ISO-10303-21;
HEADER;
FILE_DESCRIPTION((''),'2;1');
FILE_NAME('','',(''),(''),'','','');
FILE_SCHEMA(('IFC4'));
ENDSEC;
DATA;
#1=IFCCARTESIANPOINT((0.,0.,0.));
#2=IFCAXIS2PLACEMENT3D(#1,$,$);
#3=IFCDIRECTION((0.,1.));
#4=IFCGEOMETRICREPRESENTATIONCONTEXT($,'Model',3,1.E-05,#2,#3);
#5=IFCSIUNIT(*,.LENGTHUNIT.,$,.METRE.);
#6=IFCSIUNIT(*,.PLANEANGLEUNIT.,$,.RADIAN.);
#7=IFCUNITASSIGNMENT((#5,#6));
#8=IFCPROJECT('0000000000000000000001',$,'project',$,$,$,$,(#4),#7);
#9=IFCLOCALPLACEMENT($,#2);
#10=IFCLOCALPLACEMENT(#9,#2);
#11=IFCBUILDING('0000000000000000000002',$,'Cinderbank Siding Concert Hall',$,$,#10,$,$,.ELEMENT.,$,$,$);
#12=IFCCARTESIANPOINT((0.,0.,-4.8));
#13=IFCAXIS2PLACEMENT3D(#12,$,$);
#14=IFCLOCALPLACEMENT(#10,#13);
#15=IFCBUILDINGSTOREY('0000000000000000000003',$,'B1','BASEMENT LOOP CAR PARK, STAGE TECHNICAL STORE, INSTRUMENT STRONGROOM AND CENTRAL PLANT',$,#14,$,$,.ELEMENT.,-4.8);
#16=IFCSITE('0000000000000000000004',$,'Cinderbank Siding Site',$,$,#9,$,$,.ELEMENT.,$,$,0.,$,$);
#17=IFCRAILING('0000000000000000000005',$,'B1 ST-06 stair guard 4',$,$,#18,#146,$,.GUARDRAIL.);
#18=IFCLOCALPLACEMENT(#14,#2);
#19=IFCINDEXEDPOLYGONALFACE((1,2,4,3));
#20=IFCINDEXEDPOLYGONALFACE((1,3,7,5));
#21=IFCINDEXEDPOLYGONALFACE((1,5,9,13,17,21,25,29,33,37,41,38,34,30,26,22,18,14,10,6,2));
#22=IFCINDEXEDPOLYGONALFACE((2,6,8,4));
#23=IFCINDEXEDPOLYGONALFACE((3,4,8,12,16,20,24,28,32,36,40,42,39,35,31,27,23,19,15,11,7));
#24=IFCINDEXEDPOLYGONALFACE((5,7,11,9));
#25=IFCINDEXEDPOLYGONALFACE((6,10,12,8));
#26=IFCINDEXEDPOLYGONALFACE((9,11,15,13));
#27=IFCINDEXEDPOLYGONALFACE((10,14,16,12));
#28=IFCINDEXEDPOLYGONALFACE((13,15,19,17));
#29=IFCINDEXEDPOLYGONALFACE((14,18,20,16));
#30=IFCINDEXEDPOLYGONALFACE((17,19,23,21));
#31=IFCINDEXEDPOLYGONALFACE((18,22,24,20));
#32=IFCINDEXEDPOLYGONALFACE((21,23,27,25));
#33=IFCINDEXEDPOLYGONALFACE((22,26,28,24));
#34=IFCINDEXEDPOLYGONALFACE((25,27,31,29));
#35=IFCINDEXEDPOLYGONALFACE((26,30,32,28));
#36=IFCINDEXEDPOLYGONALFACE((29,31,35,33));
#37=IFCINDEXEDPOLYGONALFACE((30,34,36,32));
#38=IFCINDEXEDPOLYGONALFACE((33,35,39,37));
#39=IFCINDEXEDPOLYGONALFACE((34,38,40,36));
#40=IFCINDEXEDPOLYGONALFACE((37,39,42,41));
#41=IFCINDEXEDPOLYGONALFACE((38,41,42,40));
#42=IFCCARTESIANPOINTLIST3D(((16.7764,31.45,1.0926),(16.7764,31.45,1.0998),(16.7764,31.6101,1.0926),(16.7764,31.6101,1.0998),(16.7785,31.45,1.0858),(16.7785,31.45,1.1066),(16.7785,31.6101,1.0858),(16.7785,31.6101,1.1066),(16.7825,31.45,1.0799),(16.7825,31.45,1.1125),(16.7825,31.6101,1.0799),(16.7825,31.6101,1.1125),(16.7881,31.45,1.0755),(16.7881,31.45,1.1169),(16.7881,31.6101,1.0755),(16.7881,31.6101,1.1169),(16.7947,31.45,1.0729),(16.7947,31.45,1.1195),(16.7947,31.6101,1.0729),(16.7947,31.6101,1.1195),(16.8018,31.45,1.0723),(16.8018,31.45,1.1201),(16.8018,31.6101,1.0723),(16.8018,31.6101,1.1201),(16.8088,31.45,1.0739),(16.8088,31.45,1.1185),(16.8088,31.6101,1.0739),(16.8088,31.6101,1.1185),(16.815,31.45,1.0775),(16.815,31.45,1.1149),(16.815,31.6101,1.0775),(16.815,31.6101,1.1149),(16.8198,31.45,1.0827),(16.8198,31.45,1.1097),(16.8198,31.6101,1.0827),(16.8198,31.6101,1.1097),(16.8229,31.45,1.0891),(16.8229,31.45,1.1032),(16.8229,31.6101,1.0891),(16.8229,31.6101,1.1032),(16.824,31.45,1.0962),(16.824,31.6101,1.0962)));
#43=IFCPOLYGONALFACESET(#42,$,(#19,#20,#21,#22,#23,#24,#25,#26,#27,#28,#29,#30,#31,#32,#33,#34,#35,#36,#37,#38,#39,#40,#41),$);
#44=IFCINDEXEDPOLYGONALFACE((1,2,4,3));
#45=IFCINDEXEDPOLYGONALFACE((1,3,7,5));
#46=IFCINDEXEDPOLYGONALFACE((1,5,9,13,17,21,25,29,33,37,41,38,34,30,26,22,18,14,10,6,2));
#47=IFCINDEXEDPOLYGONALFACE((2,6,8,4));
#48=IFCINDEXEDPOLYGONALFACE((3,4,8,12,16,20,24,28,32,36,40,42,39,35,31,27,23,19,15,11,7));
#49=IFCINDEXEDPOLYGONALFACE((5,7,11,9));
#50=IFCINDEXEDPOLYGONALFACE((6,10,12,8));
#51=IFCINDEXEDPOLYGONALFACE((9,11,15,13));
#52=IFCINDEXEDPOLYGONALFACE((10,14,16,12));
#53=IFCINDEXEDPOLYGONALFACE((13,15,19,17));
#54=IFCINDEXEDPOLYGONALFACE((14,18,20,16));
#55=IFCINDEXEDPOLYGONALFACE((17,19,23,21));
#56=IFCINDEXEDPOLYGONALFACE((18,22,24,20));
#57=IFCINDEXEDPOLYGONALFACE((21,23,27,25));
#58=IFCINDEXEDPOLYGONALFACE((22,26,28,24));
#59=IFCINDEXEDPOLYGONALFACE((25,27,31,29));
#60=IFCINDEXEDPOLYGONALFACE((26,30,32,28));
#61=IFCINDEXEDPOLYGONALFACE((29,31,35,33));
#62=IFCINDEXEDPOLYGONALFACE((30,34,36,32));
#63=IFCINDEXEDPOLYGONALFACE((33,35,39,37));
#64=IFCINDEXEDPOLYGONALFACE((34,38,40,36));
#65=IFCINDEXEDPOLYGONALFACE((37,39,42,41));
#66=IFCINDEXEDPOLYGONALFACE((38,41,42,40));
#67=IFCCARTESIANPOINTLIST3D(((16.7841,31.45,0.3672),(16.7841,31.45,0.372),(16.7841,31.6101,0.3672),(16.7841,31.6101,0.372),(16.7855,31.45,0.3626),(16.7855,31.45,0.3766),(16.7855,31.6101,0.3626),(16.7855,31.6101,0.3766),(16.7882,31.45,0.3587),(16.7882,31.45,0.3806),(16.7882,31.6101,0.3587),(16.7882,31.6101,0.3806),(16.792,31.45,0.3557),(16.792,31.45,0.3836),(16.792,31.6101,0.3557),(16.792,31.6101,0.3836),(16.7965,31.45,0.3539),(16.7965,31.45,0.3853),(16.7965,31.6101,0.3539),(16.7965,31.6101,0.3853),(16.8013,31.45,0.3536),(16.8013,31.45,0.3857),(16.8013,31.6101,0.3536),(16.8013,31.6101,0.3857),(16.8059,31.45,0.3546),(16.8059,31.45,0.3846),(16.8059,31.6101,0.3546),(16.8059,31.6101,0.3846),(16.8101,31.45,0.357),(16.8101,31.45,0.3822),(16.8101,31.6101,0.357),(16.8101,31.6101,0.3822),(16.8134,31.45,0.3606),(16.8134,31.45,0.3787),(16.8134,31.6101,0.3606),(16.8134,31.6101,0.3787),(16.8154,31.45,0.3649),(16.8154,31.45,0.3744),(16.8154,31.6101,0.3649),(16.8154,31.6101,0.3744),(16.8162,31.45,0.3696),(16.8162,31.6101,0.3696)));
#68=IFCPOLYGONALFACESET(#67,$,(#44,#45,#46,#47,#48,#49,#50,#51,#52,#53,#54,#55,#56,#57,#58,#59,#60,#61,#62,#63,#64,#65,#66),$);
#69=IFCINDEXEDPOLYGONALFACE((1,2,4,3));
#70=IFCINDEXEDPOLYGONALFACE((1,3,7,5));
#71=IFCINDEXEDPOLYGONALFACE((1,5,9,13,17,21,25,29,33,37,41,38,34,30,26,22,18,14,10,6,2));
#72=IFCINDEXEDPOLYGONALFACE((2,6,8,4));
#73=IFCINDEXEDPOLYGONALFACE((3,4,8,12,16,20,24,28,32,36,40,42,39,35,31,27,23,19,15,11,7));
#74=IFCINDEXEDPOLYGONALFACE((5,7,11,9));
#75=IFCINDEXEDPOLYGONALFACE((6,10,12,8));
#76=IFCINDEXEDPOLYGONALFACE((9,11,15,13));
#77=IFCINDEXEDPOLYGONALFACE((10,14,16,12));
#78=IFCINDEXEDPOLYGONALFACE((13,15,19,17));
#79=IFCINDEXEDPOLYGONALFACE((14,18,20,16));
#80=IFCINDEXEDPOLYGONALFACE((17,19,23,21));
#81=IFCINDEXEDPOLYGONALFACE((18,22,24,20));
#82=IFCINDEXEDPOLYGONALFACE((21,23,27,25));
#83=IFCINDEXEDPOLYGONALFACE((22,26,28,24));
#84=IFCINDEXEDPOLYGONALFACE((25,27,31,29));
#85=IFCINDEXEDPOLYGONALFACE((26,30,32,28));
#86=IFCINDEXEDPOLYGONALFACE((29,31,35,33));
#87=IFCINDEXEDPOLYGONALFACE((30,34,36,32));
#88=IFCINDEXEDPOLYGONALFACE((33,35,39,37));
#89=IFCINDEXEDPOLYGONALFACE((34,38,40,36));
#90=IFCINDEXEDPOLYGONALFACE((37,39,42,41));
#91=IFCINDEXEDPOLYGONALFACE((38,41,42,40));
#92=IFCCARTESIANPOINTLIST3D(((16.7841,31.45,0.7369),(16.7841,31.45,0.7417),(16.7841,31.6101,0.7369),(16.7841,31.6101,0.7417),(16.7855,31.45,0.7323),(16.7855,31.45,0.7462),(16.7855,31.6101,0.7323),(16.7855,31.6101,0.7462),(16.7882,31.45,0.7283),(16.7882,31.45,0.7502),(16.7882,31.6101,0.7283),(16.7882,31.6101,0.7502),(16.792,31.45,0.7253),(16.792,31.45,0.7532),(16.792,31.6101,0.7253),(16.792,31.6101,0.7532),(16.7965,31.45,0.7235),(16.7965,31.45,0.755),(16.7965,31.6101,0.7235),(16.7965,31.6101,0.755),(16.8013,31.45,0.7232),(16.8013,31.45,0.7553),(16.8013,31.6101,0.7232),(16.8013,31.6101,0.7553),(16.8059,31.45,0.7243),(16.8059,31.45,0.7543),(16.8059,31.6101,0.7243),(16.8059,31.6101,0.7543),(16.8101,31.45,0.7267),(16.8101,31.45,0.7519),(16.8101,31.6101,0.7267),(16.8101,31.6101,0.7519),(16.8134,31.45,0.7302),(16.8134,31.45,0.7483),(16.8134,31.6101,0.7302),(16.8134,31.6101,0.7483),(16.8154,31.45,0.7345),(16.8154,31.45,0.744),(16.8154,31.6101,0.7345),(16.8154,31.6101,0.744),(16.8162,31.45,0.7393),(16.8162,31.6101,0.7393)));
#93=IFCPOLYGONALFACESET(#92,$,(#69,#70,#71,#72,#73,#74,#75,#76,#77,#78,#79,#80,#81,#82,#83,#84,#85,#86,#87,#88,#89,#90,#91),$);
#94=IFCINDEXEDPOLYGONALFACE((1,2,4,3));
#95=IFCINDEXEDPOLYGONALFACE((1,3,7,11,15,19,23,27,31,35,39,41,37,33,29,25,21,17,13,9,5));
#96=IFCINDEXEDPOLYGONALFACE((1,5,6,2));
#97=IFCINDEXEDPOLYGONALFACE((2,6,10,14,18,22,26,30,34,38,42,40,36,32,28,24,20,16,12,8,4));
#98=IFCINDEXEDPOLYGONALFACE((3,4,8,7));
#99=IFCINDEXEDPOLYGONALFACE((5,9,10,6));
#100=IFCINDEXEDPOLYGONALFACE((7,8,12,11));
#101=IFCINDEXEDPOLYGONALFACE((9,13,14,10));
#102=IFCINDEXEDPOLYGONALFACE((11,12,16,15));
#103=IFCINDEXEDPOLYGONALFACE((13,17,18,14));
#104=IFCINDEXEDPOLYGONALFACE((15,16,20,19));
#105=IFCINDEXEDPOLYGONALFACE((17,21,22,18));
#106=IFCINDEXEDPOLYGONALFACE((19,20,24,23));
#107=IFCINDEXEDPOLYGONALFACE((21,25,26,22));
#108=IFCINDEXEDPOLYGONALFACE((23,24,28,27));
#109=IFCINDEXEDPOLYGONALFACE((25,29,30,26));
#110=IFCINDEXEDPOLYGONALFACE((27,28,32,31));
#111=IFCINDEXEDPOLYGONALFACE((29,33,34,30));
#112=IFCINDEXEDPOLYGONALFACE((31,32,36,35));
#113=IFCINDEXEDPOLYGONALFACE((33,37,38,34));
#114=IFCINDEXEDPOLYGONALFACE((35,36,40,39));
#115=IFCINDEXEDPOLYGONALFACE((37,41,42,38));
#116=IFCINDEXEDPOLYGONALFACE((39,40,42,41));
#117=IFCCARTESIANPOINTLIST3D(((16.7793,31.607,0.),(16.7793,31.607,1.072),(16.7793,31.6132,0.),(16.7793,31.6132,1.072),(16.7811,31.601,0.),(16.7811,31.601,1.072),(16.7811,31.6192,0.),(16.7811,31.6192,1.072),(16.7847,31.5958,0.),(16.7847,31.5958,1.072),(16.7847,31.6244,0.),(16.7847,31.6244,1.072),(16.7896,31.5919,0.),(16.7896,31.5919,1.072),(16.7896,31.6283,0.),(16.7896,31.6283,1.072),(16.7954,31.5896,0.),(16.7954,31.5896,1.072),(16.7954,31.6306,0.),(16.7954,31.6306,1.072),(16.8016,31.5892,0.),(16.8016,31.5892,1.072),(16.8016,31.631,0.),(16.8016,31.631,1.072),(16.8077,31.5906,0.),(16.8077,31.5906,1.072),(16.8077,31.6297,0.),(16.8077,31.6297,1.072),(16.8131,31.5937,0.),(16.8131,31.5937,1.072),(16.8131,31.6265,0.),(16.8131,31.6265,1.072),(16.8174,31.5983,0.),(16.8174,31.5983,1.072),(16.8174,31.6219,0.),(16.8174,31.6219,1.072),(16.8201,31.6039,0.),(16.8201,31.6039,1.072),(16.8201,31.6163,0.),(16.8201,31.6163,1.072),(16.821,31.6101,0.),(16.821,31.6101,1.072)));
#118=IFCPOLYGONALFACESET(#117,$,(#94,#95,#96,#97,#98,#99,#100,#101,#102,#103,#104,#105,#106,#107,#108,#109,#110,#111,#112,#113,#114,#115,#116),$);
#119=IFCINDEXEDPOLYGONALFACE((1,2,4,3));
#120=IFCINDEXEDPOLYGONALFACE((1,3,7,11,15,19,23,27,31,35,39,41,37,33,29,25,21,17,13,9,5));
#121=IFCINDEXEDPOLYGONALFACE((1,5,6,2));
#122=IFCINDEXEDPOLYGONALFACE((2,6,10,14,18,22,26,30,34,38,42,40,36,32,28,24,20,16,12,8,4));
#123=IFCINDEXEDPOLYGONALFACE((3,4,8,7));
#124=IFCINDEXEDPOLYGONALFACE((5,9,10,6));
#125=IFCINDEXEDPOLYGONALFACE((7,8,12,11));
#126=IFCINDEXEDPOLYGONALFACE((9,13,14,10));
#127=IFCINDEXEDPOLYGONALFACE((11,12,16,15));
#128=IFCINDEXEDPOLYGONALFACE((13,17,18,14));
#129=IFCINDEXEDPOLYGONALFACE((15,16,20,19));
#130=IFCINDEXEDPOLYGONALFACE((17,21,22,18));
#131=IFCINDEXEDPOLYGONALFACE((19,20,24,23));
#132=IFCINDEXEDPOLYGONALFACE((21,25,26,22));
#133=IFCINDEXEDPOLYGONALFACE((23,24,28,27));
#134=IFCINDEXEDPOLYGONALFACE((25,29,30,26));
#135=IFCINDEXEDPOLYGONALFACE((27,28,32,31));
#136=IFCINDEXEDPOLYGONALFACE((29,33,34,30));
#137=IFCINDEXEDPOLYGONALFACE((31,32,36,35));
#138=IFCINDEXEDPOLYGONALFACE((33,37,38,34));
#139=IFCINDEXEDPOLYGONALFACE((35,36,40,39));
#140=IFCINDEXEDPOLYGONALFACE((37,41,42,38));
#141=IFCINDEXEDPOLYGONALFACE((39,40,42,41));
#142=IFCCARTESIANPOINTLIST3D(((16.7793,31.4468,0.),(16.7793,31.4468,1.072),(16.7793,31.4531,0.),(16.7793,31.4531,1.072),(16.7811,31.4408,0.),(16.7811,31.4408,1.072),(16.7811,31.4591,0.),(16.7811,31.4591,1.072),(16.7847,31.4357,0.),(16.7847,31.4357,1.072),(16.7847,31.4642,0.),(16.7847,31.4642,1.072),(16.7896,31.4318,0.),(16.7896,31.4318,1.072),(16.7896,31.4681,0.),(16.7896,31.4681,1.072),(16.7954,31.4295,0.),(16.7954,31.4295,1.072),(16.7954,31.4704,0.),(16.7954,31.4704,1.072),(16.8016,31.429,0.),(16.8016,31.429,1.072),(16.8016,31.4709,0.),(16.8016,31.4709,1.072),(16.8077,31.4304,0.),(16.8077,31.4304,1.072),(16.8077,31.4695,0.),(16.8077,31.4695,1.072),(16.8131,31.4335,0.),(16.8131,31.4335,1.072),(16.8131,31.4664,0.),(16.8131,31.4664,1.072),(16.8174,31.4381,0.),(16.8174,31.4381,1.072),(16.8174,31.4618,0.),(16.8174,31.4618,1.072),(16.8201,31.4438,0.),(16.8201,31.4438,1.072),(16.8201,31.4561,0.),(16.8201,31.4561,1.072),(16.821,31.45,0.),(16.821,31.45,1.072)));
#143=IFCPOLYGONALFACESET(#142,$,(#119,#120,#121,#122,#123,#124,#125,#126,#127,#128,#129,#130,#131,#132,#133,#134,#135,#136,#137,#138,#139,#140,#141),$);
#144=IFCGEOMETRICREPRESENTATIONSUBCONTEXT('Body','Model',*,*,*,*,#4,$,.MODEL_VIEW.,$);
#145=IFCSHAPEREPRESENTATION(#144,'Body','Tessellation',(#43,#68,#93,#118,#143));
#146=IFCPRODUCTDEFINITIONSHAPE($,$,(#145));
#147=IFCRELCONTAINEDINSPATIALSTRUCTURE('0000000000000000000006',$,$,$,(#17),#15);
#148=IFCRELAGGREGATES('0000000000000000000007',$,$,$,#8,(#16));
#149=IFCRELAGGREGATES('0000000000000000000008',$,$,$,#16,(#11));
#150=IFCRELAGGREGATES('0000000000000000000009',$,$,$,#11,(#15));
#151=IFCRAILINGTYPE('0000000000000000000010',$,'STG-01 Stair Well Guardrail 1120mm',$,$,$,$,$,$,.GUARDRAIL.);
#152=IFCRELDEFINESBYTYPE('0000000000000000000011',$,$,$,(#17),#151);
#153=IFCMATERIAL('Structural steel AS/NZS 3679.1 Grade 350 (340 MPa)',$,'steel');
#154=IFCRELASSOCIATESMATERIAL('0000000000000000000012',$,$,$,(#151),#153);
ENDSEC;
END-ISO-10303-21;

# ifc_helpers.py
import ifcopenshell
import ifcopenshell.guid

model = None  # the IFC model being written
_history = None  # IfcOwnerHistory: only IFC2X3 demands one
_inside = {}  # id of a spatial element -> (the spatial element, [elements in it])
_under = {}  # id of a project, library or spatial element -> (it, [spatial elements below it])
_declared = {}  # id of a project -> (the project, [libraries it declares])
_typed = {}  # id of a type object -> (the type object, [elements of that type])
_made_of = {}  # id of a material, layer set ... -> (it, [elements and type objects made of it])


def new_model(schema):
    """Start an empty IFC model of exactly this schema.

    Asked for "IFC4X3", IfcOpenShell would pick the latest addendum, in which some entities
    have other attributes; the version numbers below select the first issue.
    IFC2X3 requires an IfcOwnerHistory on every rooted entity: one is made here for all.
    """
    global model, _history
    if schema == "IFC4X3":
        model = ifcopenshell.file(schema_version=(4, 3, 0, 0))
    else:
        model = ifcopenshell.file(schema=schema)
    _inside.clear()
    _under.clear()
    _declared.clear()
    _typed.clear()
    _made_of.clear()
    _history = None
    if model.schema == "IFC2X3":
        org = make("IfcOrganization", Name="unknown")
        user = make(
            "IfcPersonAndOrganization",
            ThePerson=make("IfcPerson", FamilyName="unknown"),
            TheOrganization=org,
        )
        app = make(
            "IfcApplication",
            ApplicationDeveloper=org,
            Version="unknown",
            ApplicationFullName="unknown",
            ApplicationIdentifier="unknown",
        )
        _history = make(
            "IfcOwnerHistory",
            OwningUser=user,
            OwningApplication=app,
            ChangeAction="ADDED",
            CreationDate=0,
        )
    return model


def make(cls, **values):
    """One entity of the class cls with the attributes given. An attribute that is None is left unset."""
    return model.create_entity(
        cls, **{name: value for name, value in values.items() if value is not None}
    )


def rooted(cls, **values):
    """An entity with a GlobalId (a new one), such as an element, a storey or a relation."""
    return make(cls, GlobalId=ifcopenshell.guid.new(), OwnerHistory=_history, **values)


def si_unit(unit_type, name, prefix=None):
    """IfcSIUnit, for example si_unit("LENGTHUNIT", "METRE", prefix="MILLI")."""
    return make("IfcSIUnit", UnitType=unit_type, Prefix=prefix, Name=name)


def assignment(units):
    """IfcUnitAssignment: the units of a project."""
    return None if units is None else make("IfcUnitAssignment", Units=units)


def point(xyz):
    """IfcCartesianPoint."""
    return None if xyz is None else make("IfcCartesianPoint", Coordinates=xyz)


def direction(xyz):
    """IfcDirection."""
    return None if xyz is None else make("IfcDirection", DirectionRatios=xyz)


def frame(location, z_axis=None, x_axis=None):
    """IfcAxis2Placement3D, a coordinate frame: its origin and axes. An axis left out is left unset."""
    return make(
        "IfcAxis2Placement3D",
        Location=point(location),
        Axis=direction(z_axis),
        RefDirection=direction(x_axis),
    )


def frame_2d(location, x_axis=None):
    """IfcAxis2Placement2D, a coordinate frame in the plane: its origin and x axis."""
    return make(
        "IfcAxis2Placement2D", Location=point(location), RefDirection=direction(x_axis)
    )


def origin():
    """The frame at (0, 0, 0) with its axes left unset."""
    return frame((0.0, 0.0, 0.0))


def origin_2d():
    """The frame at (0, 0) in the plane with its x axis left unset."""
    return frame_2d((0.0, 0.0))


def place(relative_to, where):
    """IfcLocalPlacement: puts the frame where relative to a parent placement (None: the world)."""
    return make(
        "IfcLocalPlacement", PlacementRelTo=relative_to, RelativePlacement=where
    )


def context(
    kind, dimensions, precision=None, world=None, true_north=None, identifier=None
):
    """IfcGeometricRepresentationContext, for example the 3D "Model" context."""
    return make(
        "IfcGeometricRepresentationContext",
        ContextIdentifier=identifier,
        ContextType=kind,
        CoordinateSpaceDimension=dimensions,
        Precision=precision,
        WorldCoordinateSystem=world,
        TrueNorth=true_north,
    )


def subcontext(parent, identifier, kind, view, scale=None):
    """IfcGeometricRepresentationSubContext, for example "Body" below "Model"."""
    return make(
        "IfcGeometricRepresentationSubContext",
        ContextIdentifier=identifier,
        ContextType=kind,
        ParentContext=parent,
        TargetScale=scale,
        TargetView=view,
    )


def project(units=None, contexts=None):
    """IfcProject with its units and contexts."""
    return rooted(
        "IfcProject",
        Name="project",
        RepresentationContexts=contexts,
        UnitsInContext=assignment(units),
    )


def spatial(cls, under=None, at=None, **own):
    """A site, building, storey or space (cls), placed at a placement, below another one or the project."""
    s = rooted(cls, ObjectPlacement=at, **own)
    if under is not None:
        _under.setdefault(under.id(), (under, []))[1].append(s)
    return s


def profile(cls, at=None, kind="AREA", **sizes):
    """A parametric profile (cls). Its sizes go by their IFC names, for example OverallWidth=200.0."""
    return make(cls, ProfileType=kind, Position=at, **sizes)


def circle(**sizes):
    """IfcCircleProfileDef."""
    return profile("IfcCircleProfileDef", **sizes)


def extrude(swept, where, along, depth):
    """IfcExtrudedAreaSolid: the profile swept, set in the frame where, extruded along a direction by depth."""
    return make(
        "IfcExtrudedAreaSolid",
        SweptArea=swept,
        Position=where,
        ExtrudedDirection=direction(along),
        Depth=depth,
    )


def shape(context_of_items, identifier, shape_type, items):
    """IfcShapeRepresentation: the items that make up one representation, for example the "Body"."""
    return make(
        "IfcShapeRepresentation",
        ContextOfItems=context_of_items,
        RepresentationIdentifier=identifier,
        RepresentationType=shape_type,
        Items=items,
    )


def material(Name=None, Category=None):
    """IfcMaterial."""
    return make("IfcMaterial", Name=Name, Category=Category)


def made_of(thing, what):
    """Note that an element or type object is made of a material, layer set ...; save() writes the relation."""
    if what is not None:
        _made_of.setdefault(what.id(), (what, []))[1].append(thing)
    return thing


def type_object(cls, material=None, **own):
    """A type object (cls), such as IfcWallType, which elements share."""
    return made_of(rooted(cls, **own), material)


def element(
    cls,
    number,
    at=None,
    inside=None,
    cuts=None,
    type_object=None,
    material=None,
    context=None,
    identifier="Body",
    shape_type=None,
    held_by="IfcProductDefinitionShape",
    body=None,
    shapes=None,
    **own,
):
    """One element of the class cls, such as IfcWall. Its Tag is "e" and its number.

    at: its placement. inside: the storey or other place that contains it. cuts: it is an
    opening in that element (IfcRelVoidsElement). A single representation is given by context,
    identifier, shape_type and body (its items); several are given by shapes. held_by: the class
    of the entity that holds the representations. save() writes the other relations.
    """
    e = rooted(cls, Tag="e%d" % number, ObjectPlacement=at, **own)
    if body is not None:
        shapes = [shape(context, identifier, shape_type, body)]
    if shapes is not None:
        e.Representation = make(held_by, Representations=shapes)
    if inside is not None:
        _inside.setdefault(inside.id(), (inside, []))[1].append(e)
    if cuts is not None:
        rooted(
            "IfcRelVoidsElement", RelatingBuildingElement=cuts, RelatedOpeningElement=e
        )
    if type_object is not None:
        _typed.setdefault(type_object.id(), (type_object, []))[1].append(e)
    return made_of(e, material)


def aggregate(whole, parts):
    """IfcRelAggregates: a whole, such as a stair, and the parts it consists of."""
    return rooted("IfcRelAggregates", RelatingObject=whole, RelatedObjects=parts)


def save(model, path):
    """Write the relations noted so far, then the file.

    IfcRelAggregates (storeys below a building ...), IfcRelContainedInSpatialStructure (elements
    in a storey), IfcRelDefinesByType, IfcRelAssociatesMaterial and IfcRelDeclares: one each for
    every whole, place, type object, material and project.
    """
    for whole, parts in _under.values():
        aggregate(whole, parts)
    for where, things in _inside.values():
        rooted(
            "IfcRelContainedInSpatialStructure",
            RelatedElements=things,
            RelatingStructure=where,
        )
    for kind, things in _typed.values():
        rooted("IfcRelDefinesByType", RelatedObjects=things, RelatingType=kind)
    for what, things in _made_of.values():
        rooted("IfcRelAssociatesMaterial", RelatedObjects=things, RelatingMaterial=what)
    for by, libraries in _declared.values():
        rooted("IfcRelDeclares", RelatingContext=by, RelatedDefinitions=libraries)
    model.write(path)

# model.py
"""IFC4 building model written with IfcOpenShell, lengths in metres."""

from ifc_helpers import new_model, si_unit, direction, frame, origin, origin_2d, place, context, subcontext, project, spatial, circle, extrude, material, type_object, element, save


model = new_model("IFC4")

# Units and contexts
model_context = context("Model", 3, precision=1e-05, world=origin(), true_north=direction((0.0, 1.0)))
body_context = subcontext(model_context, "Body", "Model", "MODEL_VIEW")
ifc_project = project(units=[si_unit("LENGTHUNIT", "METRE"), si_unit("PLANEANGLEUNIT", "RADIAN")], contexts=[model_context])

# Site, building, storey
site_placement = place(None, origin())
site = spatial("IfcSite", under=ifc_project, at=site_placement, Name="Cinderbank Siding Site", CompositionType="ELEMENT", RefElevation=0.0)
building_placement = place(site_placement, origin())
building = spatial("IfcBuilding", under=site, at=building_placement, Name="Cinderbank Siding Concert Hall", CompositionType="ELEMENT")
storey_placement = place(building_placement, frame((0.0, 0.0, -4.8)))
storey = spatial("IfcBuildingStorey", under=building, at=storey_placement, Name="B1", Description="BASEMENT LOOP CAR PARK, STAGE TECHNICAL STORE, INSTRUMENT STRONGROOM AND CENTRAL PLANT", CompositionType="ELEMENT", Elevation=-4.8)

# Shared definitions
ifc_material_1 = material(Name="Structural steel AS/NZS 3679.1 Grade 350 (340 MPa)", Category="steel")

# Railing
railing_type_1 = type_object("IfcRailingType", Name="STG-01 Stair Well Guardrail 1120mm", PredefinedType="GUARDRAIL", material=ifc_material_1)
railing_1_placement = place(storey_placement, frame((16.8, 31.6101, 0.0)))
element("IfcRailing", 1, at=railing_1_placement, inside=storey, type_object=railing_type_1, Name="B1 ST-06 stair guard 4", PredefinedType="GUARDRAIL", context=body_context, shape_type="SweptSolid", body=[
    extrude(circle(Radius=0.0239, at=origin_2d()), frame((0.0, 0.0, 1.0962), z_axis=(0.0, -1.0, 0.0), x_axis=(1.0, 0.0, 0.0)), (0.0, 0.0, 1.0), 0.1602),
    extrude(circle(Radius=0.0161, at=origin_2d()), frame((0.0, 0.0, 0.3696), z_axis=(0.0, -1.0, 0.0), x_axis=(1.0, 0.0, 0.0)), (0.0, 0.0, 1.0), 0.1602),
    extrude(circle(Radius=0.0161, at=origin_2d()), frame((0.0, 0.0, 0.7393), z_axis=(0.0, -1.0, 0.0), x_axis=(1.0, 0.0, 0.0)), (0.0, 0.0, 1.0), 0.1602),
    extrude(circle(Radius=0.021, at=origin_2d()), origin(), (0.0, 0.0, 1.0), 1.072),
    extrude(circle(Radius=0.021, at=origin_2d()), frame((0.0, -0.1602, 0.0)), (0.0, 0.0, 1.0), 1.072),
])

save(model, "model.ifc")
